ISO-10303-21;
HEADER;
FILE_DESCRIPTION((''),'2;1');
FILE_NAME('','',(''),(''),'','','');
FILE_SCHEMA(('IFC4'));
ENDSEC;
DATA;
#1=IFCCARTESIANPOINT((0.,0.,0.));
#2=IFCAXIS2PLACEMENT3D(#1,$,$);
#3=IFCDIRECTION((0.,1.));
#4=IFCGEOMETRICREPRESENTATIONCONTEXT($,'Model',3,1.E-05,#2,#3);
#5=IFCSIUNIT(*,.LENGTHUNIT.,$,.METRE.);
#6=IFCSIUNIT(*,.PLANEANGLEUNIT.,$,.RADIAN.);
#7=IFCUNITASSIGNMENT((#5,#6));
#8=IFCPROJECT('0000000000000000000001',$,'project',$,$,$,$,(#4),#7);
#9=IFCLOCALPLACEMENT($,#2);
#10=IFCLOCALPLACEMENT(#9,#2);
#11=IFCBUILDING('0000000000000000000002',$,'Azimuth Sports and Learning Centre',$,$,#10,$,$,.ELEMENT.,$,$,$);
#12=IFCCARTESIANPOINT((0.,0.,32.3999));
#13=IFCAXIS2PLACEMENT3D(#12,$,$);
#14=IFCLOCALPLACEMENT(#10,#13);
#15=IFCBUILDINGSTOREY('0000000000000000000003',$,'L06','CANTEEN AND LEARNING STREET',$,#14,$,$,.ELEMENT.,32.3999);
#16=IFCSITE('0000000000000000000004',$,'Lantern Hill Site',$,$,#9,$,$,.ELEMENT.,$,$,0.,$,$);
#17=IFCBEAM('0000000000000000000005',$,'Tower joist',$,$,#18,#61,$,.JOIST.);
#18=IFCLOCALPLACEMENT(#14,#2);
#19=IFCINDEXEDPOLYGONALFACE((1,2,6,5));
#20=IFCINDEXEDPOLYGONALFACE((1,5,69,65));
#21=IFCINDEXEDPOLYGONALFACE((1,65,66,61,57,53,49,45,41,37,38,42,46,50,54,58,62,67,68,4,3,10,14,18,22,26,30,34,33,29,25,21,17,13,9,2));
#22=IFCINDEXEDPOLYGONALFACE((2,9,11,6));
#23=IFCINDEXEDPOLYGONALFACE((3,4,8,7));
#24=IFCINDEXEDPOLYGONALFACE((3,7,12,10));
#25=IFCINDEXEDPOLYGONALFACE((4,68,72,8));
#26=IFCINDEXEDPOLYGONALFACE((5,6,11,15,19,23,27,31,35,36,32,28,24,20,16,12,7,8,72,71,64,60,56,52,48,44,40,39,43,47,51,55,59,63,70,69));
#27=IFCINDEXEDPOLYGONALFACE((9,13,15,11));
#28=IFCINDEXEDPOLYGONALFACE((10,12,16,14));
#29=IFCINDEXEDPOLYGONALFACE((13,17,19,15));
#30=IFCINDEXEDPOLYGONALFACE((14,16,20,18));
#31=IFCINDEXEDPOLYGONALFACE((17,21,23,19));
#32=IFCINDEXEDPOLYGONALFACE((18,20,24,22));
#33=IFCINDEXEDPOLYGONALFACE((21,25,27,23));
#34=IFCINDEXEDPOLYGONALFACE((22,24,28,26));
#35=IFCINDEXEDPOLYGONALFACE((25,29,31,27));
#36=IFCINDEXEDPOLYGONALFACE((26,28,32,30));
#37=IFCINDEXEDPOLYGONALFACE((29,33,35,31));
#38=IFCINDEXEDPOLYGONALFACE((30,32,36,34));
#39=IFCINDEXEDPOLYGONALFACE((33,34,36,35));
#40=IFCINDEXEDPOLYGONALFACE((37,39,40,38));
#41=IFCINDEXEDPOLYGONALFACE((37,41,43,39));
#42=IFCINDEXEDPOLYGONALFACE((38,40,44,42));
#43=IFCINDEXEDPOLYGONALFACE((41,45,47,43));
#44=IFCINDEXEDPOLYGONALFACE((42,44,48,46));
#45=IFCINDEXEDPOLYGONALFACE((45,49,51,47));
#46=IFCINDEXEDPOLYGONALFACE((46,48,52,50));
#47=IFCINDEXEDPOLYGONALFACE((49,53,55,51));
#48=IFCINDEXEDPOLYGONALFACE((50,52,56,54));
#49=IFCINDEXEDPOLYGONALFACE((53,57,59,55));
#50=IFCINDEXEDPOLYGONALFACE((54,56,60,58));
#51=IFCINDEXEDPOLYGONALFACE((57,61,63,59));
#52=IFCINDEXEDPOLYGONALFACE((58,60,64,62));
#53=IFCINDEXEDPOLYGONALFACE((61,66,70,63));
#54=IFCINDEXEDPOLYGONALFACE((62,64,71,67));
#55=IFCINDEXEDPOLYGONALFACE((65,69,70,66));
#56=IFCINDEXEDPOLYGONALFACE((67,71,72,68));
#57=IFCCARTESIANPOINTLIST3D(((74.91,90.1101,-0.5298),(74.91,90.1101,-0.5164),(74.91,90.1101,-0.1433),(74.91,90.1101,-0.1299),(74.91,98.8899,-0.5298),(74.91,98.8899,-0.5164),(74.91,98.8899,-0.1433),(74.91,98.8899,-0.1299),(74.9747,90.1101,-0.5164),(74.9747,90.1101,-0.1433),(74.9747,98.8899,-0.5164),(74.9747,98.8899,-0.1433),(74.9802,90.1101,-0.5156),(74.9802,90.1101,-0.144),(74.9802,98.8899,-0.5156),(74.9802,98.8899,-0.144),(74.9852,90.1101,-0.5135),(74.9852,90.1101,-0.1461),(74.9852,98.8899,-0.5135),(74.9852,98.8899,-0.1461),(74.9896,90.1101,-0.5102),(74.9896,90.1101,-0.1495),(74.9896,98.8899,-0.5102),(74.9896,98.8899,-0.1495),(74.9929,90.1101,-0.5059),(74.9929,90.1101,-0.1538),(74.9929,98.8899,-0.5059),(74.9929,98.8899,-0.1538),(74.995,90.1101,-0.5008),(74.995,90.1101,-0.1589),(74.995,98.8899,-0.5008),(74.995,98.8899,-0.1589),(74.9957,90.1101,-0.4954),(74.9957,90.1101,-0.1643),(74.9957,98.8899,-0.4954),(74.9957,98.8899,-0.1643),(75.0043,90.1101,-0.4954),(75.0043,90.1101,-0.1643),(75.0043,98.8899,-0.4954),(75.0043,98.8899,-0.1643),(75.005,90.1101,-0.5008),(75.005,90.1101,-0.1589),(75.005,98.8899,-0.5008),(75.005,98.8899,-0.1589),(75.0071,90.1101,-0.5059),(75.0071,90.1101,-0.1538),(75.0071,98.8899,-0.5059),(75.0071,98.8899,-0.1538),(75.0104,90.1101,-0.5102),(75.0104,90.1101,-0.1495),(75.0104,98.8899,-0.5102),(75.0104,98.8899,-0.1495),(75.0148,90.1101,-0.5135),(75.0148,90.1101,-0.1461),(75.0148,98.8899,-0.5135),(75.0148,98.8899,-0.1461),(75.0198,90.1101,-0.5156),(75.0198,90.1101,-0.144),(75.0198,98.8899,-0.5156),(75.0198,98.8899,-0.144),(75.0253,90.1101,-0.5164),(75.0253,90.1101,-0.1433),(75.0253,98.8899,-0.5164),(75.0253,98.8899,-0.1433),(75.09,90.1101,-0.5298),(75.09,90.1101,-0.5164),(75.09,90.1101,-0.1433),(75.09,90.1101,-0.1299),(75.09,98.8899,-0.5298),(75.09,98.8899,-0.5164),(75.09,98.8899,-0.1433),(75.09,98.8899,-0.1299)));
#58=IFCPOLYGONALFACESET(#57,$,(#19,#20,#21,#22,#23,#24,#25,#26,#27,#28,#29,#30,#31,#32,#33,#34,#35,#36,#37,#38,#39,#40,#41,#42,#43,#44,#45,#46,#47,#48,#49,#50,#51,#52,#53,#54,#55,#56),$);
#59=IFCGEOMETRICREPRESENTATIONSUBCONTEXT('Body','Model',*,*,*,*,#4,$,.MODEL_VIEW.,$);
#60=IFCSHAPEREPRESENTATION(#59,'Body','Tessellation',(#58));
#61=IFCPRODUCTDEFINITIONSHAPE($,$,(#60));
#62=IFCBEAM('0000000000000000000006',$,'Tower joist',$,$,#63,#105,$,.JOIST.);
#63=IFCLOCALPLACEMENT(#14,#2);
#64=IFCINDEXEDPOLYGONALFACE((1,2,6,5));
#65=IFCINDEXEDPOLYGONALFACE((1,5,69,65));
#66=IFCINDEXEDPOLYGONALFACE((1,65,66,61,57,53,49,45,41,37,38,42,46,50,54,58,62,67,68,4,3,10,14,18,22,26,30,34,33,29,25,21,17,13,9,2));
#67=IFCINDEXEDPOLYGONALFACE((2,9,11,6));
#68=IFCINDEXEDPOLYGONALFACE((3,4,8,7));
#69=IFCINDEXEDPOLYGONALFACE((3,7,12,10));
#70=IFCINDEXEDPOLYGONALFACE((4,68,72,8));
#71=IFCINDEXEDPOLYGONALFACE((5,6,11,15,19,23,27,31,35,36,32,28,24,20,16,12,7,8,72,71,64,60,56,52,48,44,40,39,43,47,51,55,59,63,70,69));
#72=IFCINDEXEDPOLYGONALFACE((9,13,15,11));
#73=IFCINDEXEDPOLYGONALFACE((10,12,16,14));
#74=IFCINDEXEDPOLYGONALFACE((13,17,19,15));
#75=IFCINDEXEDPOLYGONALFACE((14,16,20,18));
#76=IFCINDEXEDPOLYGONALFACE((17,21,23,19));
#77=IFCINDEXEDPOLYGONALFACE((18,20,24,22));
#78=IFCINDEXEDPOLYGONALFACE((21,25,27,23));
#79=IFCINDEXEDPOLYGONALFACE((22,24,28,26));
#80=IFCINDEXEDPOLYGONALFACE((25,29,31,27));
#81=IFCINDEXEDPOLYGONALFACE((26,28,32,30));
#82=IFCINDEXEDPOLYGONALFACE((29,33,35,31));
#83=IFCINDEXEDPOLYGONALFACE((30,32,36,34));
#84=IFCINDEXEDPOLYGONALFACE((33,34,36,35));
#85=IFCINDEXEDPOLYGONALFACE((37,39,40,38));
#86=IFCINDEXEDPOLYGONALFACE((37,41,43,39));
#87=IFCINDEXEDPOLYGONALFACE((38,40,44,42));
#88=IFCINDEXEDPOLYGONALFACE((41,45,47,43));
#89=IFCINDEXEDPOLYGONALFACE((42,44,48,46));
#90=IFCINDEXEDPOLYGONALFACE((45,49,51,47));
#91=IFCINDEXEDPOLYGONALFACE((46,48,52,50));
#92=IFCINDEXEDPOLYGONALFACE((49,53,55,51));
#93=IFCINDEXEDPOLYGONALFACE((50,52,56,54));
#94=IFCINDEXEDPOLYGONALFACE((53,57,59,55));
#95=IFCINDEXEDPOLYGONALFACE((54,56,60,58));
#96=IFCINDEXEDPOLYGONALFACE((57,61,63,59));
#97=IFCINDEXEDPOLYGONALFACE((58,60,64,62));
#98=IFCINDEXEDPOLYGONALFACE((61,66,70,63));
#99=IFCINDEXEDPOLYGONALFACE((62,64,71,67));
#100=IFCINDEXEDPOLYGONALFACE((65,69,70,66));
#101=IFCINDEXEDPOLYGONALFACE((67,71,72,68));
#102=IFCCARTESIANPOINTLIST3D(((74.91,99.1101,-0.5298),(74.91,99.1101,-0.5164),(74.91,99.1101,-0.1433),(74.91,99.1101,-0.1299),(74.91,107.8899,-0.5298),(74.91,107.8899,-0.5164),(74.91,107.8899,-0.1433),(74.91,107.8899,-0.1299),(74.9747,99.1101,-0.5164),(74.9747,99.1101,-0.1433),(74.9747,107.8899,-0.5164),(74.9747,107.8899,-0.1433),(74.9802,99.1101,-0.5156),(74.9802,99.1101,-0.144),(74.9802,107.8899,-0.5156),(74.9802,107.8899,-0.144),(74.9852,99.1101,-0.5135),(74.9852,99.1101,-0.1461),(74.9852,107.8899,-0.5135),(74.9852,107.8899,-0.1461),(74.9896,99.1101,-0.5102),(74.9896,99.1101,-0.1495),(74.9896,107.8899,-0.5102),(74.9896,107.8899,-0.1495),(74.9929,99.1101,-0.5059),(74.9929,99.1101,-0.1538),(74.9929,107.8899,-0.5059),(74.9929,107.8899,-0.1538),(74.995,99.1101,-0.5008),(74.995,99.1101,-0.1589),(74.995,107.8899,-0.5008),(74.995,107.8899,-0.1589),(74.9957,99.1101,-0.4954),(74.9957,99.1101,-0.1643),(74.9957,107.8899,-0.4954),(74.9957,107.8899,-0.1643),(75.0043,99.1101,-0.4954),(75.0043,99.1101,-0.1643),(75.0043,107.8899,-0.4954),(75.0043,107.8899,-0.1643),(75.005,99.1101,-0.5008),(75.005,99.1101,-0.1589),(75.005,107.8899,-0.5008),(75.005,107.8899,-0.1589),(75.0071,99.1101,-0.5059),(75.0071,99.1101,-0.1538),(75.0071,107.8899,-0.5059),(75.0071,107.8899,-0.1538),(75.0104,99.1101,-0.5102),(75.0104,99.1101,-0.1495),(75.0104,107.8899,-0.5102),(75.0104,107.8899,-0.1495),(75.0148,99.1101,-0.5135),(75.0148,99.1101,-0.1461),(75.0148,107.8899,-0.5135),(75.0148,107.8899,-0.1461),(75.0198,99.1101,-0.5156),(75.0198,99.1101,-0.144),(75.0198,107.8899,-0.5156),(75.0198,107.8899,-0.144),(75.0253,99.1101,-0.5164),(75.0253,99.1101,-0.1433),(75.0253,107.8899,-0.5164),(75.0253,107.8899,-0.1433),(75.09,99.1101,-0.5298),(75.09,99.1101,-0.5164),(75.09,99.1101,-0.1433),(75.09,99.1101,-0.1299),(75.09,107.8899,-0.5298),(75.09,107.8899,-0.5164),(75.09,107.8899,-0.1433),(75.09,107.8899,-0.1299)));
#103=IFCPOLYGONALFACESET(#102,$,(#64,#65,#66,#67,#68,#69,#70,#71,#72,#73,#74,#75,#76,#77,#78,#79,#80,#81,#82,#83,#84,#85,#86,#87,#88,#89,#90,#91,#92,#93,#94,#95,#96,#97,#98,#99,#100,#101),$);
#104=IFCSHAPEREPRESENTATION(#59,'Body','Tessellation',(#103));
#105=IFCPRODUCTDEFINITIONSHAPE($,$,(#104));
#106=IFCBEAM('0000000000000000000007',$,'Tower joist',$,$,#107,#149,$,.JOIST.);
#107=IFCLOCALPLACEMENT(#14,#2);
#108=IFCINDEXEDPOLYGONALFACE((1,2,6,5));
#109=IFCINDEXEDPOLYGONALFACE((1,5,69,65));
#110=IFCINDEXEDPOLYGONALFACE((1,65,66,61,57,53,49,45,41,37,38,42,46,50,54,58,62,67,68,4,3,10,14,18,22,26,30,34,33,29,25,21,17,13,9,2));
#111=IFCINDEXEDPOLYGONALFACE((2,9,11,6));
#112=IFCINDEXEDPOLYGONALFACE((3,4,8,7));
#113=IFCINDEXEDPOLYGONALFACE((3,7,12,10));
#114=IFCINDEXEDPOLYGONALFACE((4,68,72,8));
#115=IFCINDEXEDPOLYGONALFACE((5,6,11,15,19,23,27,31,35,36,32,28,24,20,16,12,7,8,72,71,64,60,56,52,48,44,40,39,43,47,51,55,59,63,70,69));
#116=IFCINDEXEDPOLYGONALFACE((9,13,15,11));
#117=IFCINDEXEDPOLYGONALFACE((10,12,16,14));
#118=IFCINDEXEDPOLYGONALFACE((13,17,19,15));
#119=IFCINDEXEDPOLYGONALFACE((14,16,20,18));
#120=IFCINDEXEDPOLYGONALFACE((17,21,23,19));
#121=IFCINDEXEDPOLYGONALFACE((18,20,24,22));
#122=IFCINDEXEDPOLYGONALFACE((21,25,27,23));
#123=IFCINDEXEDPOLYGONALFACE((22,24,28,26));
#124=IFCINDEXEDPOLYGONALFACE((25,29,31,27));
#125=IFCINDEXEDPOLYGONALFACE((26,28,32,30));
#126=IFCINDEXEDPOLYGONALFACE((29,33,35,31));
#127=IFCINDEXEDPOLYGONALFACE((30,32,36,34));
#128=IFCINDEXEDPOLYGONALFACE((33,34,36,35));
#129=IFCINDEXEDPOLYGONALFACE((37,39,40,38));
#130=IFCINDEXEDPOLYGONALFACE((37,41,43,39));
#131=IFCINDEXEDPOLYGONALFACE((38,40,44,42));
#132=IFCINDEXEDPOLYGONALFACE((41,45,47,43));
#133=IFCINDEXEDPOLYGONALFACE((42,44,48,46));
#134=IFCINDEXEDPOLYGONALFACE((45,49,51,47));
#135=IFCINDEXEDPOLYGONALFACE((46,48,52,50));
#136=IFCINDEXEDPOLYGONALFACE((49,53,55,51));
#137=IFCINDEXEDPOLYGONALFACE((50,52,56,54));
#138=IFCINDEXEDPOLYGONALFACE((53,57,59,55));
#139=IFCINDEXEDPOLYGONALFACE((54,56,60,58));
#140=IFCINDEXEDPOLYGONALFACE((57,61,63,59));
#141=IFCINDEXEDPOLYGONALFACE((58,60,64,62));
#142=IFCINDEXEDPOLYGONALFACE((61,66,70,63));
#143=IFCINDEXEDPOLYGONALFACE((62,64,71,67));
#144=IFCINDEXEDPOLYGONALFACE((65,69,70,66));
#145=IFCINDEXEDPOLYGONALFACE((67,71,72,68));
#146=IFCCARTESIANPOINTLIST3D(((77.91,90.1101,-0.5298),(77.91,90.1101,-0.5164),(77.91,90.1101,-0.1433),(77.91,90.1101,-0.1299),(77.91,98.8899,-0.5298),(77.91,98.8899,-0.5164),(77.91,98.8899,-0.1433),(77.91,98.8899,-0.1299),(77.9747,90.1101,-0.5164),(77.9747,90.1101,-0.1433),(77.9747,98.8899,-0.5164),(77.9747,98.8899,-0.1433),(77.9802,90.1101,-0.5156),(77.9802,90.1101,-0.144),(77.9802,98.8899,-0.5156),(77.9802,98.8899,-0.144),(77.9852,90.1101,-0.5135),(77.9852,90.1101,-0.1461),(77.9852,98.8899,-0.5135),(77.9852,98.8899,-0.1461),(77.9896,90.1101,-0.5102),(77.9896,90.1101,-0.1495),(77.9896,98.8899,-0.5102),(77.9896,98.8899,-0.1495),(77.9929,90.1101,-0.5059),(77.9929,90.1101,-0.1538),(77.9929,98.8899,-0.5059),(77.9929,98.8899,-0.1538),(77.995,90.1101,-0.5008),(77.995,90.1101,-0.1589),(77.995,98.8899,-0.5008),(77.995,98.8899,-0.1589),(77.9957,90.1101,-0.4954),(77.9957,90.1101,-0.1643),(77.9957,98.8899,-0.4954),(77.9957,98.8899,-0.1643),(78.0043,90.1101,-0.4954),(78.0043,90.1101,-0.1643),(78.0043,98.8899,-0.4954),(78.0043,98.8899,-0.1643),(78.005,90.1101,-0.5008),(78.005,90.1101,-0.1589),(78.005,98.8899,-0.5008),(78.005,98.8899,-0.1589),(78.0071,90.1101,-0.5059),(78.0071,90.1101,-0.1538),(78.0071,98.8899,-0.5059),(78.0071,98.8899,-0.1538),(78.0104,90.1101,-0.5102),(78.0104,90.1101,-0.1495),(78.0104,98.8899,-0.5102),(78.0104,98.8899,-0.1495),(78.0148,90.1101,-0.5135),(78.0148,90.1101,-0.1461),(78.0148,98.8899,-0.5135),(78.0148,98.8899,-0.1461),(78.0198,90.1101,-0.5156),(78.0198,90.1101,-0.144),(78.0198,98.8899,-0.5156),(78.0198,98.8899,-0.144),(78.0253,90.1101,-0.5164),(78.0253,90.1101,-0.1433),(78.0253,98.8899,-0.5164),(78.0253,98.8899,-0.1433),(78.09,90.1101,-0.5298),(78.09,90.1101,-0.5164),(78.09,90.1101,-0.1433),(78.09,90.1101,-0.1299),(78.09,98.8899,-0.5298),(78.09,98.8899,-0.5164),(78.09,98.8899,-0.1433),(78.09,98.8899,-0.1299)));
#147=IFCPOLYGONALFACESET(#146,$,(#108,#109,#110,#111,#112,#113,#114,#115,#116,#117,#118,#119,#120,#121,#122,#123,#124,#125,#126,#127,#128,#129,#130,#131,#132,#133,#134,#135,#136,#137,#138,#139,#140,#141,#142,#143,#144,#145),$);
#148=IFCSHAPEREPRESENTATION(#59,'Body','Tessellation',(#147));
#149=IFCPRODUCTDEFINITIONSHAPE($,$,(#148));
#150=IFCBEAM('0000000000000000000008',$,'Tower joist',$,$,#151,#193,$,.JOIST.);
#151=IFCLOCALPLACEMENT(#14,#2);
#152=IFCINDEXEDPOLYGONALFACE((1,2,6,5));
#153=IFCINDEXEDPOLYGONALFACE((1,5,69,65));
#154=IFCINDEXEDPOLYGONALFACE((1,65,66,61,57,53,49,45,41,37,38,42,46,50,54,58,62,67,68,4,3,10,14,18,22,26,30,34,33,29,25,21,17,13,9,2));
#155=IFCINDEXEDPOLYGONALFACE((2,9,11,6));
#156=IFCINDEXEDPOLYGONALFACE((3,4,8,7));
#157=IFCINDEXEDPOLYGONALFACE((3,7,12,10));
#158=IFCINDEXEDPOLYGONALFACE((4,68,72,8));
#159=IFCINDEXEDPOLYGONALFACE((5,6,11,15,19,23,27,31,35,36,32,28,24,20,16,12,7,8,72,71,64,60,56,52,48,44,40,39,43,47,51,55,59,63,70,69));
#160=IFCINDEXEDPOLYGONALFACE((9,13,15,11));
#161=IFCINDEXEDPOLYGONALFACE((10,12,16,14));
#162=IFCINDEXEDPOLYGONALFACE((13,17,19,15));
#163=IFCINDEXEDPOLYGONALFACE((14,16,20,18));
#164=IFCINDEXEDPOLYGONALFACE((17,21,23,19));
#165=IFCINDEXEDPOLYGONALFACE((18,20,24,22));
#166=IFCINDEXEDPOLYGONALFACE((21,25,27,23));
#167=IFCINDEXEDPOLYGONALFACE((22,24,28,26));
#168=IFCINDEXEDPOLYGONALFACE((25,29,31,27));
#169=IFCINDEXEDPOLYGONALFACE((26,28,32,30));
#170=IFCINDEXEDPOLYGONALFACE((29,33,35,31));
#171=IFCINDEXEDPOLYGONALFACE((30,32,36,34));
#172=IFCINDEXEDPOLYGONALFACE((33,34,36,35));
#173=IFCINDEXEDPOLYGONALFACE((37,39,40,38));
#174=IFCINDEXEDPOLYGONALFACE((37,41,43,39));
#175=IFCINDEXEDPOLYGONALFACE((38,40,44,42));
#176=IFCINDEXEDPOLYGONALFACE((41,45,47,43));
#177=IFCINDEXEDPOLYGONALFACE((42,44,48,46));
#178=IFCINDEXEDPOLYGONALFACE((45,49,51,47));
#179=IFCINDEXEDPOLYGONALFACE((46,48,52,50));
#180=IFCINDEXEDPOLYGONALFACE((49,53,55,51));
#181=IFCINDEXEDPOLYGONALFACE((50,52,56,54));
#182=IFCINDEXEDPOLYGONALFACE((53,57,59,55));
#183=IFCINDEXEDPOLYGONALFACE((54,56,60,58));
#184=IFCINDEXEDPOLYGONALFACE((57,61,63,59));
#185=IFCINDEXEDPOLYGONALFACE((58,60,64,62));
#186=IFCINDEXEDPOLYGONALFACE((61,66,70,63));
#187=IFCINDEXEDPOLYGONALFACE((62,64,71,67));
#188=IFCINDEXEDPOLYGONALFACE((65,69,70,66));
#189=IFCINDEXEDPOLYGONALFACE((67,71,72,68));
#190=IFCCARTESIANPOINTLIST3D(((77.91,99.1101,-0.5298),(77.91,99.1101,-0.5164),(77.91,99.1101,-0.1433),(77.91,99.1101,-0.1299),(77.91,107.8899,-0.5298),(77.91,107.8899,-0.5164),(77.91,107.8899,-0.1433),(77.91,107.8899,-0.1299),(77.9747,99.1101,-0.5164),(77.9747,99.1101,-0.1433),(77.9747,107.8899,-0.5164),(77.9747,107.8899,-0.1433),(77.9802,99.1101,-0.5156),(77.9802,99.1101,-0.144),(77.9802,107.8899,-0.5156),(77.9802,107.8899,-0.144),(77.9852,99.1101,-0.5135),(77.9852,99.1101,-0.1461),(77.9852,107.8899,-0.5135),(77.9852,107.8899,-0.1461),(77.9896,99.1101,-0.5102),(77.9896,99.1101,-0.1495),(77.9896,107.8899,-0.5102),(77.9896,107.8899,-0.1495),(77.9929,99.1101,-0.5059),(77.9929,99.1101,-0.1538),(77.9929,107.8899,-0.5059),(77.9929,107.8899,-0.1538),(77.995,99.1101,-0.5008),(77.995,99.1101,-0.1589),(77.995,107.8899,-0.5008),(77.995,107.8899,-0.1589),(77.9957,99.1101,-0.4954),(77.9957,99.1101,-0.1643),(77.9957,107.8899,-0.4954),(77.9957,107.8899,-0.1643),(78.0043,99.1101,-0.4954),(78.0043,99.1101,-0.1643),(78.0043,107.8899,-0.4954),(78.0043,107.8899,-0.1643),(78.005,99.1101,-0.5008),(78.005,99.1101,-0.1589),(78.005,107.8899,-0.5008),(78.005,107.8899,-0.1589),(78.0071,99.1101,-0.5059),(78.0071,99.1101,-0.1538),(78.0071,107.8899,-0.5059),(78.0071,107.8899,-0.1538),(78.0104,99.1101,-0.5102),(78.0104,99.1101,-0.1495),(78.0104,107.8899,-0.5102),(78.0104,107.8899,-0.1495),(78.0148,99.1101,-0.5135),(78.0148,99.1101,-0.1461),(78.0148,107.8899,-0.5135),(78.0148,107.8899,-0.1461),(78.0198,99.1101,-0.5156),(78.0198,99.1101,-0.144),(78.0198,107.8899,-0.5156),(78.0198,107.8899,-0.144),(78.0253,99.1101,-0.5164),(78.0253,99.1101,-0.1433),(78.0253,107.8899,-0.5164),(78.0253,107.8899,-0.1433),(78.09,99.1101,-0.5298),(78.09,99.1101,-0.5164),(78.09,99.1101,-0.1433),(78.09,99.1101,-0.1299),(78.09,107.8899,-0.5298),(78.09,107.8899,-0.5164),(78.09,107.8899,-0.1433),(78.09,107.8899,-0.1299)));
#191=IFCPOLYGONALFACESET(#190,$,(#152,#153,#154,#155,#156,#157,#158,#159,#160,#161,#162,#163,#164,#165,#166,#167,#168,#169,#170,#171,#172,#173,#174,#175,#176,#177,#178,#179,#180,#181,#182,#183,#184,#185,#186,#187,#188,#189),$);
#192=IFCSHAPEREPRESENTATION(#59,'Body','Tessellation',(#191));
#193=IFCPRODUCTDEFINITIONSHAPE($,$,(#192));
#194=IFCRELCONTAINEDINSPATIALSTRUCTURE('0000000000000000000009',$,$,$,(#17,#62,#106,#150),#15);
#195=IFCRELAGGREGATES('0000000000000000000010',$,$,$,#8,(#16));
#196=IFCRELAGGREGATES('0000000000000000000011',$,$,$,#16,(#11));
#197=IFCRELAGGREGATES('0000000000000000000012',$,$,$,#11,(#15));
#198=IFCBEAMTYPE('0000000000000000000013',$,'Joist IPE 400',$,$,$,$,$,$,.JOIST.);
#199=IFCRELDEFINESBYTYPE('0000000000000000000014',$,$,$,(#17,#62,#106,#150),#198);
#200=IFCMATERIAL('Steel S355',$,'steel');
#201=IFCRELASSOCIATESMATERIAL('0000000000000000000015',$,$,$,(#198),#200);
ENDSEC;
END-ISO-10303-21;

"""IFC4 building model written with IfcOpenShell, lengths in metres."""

from ifc_helpers import new_model, si_unit, direction, frame, origin, origin_2d, place, context, subcontext, project, spatial, i_section, extrude, material, material_profile, profile_set, type_object, element, save


model = new_model("IFC4")

# Units and contexts
model_context = context("Model", 3, precision=1e-05, world=origin(), true_north=direction((0.0, 1.0)))
body_context = subcontext(model_context, "Body", "Model", "MODEL_VIEW")
ifc_project = project(units=[si_unit("LENGTHUNIT", "METRE"), si_unit("PLANEANGLEUNIT", "RADIAN")], contexts=[model_context])

# Site, building, storey
site_placement = place(None, origin())
site = spatial("IfcSite", under=ifc_project, at=site_placement, Name="Lantern Hill Site", CompositionType="ELEMENT", RefElevation=0.0)
building_placement = place(site_placement, origin())
building = spatial("IfcBuilding", under=site, at=building_placement, Name="Azimuth Sports and Learning Centre", CompositionType="ELEMENT")
storey_placement = place(building_placement, frame((0.0, 0.0, 32.3999)))
storey = spatial("IfcBuildingStorey", under=building, at=storey_placement, Name="L06", Description="CANTEEN AND LEARNING STREET", CompositionType="ELEMENT", Elevation=32.3999)

# Beams
ifc_material_1 = material(Name="Steel S355", Category="steel")
ifc_material_profile_1 = material_profile(ifc_material_1, i_section(OverallWidth=0.1799, OverallDepth=0.3999, WebThickness=0.0085, FlangeThickness=0.0134, FilletRadius=0.021, at=origin_2d()), Name="IPE 400")
ifc_profile_set_1 = profile_set([ifc_material_profile_1], Name="Steel S355")
beam_type_1 = type_object("IfcBeamType", Name="Joist IPE 400", PredefinedType="JOIST", material=ifc_profile_set_1)
for number, where, z_axis, x_axis, name in (
    (1, (75.0, 90.1101, -0.3298), (0.0, 1.0, 0.0), (-1.0, 0.0, 0.0), "Tower joist"),
    (2, (75.0, 99.1101, -0.3298), (0.0, 1.0, 0.0), (-1.0, 0.0, 0.0), "Tower joist"),
    (3, (78.0, 90.1101, -0.3298), (0.0, 1.0, 0.0), (-1.0, 0.0, 0.0), "Tower joist"),
    (4, (78.0, 99.1101, -0.3298), (0.0, 1.0, 0.0), (-1.0, 0.0, 0.0), "Tower joist"),
):
    element("IfcBeam", number, at=place(storey_placement, frame(where, z_axis=z_axis, x_axis=x_axis)), inside=storey, type_object=beam_type_1, Name=name, PredefinedType="JOIST", context=body_context, shape_type="SweptSolid", body=[
        extrude(i_section(OverallWidth=0.1799, OverallDepth=0.3999, WebThickness=0.0085, FlangeThickness=0.0134, FilletRadius=0.021, at=origin_2d()), origin(), (0.0, 0.0, 1.0), 8.7798),
    ])

save(model, "model.ifc")
